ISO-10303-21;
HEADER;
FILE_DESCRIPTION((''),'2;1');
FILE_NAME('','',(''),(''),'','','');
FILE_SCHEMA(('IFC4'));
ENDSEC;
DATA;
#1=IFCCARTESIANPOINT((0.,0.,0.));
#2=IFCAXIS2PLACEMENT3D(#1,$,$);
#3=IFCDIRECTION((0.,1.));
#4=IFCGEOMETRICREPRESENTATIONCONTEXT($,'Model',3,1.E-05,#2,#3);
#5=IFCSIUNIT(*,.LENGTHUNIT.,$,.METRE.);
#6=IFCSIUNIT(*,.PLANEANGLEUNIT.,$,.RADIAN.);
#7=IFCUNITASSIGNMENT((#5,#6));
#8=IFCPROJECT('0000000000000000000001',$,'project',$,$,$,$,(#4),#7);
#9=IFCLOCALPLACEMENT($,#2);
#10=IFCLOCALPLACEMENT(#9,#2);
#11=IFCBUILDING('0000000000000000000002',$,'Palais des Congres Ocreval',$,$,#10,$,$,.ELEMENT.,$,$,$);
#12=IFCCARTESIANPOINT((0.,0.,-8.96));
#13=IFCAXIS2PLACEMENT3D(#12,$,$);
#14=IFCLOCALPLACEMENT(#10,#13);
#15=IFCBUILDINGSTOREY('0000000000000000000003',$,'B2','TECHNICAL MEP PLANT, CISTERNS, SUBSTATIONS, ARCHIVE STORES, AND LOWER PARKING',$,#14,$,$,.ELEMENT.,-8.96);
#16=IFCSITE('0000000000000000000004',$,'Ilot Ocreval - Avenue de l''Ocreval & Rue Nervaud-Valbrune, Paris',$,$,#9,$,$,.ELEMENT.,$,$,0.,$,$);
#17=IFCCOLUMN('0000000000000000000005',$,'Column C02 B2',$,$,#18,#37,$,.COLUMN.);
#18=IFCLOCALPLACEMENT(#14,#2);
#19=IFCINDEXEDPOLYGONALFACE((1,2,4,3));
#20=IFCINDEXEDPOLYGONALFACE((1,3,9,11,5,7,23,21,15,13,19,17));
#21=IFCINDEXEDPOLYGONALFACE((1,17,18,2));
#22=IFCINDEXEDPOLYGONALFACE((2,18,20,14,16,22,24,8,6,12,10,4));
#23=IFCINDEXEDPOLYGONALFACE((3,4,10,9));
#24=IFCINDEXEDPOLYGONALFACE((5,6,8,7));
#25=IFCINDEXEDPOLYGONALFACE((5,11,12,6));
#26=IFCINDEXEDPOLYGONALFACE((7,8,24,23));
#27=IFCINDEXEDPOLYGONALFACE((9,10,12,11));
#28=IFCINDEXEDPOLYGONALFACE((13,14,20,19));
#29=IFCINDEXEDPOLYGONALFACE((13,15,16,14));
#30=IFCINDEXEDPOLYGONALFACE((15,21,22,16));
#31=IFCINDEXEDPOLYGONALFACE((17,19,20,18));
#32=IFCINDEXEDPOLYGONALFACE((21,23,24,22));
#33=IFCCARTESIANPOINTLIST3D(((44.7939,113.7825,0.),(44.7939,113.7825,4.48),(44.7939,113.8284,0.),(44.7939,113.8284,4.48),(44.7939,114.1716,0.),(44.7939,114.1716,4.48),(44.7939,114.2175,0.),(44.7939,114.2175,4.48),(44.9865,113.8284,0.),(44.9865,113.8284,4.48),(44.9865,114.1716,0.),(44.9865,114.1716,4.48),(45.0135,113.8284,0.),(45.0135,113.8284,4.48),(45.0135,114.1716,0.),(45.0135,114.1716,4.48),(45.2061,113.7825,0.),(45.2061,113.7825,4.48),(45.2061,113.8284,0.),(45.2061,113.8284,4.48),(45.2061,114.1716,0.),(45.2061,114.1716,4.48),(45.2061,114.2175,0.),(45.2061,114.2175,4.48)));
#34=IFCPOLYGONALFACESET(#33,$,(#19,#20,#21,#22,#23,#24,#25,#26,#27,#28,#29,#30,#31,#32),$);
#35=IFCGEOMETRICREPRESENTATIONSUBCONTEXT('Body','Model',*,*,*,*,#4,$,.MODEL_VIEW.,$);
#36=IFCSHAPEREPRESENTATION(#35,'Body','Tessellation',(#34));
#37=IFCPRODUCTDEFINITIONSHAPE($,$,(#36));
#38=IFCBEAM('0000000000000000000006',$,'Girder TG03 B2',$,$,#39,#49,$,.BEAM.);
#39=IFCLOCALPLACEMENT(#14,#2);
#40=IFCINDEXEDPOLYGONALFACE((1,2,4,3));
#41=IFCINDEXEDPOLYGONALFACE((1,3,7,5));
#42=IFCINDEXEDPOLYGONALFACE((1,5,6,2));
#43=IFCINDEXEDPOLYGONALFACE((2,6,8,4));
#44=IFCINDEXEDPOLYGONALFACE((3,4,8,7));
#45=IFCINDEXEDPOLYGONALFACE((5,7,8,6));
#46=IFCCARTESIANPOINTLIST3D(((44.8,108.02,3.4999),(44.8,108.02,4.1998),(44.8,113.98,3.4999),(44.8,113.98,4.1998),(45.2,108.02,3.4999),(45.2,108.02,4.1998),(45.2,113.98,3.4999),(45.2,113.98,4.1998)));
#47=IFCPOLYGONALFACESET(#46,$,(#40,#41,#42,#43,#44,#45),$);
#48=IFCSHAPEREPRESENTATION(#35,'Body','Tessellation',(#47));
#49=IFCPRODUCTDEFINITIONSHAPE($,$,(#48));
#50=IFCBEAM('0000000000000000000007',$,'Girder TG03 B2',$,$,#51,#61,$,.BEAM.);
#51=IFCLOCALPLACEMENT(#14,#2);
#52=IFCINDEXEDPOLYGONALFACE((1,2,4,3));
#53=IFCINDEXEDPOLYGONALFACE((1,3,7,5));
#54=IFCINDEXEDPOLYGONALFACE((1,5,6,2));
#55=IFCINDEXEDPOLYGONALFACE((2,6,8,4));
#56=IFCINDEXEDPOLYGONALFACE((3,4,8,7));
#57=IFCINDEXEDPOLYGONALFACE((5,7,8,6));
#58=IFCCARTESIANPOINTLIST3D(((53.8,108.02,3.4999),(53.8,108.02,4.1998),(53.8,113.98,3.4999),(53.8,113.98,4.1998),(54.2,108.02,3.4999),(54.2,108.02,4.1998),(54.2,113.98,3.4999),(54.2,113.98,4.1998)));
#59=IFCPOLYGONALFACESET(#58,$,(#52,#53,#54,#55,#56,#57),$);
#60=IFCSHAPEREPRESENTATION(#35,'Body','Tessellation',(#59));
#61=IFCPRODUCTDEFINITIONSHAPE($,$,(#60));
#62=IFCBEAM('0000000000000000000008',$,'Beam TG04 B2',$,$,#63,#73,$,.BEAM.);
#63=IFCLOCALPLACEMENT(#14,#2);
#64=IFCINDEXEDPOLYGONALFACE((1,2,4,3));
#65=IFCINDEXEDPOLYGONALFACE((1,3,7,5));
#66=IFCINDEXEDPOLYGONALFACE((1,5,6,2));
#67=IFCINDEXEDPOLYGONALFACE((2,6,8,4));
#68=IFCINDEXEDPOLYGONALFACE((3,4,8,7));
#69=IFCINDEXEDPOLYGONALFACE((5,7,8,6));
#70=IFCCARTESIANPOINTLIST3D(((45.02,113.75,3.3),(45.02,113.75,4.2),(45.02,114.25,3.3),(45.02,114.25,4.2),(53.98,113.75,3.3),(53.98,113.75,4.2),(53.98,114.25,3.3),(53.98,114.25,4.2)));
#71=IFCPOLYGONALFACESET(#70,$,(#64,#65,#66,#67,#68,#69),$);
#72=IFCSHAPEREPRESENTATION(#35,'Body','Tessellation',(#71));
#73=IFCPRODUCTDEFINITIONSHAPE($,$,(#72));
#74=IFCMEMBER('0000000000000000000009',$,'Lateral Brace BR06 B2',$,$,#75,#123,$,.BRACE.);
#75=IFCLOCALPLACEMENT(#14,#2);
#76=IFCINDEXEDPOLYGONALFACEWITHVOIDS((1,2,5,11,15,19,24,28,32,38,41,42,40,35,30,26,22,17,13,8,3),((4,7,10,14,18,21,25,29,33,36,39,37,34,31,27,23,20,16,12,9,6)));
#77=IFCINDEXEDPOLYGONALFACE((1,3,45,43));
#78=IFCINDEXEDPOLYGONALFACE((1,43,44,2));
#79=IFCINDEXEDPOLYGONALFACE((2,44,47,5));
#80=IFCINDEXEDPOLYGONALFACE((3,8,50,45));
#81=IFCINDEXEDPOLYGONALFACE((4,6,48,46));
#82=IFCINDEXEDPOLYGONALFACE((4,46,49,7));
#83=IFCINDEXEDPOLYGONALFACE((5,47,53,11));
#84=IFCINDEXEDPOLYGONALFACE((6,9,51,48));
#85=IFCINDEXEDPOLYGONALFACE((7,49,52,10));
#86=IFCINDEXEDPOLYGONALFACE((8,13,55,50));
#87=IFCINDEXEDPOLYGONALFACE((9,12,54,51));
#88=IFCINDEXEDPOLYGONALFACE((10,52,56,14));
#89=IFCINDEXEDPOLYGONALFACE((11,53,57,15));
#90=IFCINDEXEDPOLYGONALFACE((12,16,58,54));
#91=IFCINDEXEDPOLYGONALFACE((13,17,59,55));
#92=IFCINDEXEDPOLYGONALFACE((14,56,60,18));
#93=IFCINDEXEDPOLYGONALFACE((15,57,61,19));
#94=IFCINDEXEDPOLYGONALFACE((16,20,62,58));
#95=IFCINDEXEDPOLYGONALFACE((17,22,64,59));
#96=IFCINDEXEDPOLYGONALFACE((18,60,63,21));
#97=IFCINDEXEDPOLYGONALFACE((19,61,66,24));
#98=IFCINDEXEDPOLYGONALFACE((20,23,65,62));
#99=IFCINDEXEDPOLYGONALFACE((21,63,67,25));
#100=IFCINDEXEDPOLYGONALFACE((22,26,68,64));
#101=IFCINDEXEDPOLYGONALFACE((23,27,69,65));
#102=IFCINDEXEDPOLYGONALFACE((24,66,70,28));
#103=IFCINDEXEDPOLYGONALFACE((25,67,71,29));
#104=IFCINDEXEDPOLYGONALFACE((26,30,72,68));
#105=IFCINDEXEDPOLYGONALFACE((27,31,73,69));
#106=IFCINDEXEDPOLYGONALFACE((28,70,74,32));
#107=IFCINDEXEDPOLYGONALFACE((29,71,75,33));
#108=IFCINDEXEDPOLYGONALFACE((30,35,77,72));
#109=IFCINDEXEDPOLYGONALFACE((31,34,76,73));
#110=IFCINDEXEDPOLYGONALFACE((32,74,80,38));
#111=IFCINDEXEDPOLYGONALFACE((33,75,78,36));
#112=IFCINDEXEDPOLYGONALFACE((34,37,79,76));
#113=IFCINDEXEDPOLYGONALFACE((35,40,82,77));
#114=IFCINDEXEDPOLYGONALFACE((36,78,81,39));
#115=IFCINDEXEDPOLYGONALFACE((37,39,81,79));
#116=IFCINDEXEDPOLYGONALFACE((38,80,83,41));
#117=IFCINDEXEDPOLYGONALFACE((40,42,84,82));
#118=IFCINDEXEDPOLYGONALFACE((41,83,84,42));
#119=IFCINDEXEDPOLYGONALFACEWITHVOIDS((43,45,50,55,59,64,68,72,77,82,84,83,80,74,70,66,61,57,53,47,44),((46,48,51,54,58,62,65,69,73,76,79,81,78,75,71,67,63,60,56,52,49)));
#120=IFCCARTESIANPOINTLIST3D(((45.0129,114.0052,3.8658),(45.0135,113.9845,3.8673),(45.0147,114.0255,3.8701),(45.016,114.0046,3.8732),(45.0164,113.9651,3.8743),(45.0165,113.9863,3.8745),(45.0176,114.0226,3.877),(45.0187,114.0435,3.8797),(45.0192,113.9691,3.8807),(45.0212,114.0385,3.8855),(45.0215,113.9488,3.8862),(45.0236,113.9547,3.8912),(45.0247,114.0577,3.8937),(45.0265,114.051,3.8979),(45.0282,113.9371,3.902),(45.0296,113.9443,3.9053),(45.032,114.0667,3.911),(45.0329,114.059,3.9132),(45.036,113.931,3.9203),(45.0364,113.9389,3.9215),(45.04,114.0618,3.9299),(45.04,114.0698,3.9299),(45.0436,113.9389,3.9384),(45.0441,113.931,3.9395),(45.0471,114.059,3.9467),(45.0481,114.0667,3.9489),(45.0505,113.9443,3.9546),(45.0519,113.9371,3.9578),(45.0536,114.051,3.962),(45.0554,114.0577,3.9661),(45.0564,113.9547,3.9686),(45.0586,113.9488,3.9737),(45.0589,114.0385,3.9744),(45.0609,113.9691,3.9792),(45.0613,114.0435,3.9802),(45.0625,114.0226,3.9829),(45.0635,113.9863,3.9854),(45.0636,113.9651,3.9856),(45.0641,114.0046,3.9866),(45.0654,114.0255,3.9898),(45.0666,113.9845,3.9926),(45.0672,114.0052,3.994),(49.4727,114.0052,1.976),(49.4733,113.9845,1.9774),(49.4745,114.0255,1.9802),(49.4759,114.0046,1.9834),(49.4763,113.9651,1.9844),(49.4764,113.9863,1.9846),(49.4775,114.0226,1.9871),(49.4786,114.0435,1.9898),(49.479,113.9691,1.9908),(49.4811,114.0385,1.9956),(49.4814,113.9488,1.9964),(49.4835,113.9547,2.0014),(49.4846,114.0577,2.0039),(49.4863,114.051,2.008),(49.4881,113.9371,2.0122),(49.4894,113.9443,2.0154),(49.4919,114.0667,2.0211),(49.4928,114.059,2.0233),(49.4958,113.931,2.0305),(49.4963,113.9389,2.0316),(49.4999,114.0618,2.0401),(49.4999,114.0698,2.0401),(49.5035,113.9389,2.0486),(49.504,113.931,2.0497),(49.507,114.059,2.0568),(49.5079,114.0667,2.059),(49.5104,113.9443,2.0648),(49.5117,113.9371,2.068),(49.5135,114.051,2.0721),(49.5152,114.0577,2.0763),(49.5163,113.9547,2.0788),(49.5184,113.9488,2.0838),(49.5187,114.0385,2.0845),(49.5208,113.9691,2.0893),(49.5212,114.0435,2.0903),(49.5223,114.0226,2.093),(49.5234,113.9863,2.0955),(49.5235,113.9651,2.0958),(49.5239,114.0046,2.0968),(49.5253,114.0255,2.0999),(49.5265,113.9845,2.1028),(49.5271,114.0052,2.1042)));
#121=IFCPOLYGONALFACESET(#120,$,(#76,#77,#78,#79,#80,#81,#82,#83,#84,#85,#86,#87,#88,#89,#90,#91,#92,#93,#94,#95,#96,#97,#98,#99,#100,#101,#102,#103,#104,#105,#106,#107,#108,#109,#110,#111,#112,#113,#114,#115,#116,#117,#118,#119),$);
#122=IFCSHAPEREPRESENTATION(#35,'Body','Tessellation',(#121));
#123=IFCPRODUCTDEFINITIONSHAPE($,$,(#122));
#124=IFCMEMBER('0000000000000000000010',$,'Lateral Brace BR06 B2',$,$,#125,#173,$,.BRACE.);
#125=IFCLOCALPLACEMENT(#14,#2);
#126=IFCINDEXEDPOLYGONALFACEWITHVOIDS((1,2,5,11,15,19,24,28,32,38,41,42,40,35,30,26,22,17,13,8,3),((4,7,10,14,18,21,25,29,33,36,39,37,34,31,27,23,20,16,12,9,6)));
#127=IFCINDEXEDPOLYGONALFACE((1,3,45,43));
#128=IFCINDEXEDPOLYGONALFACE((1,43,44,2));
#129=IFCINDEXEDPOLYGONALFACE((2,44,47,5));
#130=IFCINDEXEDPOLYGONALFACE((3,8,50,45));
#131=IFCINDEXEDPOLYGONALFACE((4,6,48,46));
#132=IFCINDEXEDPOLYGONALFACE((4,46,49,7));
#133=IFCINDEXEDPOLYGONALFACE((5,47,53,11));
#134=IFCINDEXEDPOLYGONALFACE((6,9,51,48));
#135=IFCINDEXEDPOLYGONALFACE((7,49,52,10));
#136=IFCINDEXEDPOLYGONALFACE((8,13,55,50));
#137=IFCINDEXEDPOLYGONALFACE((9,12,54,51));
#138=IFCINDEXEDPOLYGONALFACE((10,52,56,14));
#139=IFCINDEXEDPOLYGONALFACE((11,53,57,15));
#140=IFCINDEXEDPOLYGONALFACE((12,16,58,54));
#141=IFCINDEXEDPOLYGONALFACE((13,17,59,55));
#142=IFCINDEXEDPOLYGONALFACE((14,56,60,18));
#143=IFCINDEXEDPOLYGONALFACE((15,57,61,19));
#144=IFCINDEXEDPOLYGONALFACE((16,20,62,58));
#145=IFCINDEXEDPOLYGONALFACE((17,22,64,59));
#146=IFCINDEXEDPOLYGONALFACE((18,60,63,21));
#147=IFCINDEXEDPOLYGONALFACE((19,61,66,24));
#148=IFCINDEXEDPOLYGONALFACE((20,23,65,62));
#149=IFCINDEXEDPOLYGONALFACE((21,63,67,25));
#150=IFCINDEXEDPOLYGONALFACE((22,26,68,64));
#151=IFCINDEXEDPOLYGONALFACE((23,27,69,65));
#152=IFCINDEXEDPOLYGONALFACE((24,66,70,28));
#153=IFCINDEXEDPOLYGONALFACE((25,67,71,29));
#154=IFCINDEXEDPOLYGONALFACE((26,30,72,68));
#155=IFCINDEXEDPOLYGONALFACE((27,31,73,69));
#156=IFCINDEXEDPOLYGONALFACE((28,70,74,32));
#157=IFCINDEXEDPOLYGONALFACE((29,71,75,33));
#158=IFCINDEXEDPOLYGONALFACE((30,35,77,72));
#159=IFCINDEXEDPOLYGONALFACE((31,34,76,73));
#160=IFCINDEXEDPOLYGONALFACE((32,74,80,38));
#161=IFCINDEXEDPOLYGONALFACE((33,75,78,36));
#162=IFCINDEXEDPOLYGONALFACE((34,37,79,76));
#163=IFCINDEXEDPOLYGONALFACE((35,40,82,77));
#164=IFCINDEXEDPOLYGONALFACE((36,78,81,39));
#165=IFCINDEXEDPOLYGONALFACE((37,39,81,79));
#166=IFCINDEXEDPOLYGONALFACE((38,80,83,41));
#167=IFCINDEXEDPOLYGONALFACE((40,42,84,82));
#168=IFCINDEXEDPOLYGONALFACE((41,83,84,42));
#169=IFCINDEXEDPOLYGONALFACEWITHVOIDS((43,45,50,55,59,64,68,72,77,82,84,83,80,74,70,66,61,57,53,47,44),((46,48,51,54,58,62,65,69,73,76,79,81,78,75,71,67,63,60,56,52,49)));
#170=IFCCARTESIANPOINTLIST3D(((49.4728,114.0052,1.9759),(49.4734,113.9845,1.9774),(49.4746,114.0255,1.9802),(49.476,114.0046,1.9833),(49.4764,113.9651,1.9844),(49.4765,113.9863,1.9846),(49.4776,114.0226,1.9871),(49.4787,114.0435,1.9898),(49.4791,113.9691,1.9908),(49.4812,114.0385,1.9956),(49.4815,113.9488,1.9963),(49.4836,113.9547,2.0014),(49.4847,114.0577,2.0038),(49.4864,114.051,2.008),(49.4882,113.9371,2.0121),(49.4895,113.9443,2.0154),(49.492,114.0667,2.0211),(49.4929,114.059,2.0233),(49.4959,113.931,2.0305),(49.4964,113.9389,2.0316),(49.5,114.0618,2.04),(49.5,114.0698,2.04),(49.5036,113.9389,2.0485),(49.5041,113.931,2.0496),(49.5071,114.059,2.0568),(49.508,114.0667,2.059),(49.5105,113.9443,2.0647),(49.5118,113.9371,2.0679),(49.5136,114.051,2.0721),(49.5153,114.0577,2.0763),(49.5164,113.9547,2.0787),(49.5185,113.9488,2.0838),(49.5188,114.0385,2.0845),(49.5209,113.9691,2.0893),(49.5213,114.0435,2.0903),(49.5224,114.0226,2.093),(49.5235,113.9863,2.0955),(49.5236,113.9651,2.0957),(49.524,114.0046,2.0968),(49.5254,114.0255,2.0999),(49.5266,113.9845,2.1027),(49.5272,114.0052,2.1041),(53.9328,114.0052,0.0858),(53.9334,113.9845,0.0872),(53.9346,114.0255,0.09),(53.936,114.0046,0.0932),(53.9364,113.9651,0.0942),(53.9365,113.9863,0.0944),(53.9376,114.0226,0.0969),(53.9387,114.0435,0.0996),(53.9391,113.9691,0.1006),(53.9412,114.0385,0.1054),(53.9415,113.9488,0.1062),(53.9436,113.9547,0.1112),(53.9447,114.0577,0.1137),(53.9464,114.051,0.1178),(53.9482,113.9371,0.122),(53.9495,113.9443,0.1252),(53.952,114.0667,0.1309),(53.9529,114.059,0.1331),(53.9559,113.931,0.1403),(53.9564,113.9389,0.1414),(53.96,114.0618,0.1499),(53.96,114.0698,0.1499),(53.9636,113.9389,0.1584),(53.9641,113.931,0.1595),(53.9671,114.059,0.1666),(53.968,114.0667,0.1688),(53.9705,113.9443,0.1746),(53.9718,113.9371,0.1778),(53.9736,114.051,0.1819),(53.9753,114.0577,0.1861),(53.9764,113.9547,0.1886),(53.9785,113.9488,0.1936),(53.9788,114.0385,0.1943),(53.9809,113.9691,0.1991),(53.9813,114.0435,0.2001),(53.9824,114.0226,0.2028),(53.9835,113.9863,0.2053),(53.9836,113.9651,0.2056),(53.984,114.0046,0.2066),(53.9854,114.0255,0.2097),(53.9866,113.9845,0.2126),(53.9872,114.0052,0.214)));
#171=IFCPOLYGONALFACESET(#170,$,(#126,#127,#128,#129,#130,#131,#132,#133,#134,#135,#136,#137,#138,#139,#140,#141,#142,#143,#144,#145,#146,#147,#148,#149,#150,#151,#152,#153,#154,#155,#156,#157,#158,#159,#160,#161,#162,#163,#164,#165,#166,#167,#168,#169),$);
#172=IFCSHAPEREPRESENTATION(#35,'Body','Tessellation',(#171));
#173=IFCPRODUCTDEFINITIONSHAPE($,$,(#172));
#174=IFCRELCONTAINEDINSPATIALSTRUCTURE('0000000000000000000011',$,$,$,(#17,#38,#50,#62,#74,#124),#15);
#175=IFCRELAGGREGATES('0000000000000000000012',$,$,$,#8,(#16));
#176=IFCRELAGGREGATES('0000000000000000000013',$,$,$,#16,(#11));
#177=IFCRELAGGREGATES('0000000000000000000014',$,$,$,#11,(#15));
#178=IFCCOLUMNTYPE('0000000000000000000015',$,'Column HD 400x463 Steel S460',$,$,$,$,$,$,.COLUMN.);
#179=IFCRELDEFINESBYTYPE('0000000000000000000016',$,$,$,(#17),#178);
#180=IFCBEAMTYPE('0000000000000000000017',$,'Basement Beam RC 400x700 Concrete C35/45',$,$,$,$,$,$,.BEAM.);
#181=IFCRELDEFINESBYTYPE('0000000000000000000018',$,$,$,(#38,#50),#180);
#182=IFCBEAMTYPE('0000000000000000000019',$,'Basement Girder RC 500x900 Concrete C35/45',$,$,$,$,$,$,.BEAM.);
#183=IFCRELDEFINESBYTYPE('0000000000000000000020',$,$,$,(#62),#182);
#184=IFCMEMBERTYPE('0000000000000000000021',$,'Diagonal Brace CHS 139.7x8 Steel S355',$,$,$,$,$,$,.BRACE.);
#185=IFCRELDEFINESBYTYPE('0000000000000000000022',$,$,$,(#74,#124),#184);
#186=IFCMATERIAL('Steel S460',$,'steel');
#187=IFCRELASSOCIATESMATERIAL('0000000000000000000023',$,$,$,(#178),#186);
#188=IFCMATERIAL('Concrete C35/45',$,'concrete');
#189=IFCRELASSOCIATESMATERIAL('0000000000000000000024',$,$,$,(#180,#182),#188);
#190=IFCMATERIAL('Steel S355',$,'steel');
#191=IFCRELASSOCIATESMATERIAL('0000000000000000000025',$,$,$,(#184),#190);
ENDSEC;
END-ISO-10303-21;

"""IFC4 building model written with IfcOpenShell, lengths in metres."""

from ifc_helpers import new_model, si_unit, direction, frame, origin, origin_2d, place, context, subcontext, project, spatial, rectangle, hollow_circle, i_section, extrude, material, material_profile, profile_set, type_object, element, save


model = new_model("IFC4")

# Units and contexts
model_context = context("Model", 3, precision=1e-05, world=origin(), true_north=direction((0.0, 1.0)))
body_context = subcontext(model_context, "Body", "Model", "MODEL_VIEW")
ifc_project = project(units=[si_unit("LENGTHUNIT", "METRE"), si_unit("PLANEANGLEUNIT", "RADIAN")], contexts=[model_context])

# Site, building, storey
site_placement = place(None, origin())
site = spatial("IfcSite", under=ifc_project, at=site_placement, Name="Ilot Ocreval - Avenue de l'Ocreval & Rue Nervaud-Valbrune, Paris", CompositionType="ELEMENT", RefElevation=0.0)
building_placement = place(site_placement, origin())
building = spatial("IfcBuilding", under=site, at=building_placement, Name="Palais des Congres Ocreval", CompositionType="ELEMENT")
storey_placement = place(building_placement, frame((0.0, 0.0, -8.96)))
storey = spatial("IfcBuildingStorey", under=building, at=storey_placement, Name="B2", Description="TECHNICAL MEP PLANT, CISTERNS, SUBSTATIONS, ARCHIVE STORES, AND LOWER PARKING", CompositionType="ELEMENT", Elevation=-8.96)

# Shared definitions
ifc_material_1 = material(Name="Concrete C35/45", Category="concrete")

# Column
ifc_material_2 = material(Name="Steel S355", Category="steel")
ifc_material_3 = material(Name="Steel S460", Category="steel")
ifc_material_profile_1 = material_profile(ifc_material_3, i_section(OverallWidth=0.4121, OverallDepth=0.4351, WebThickness=0.0271, FlangeThickness=0.0459, at=origin_2d()), Name="HD 400x463")
ifc_profile_set_1 = profile_set([ifc_material_profile_1], Name="Steel S460")
column_type_1 = type_object("IfcColumnType", Name="Column HD 400x463 Steel S460", PredefinedType="COLUMN", material=ifc_profile_set_1)
column_1_placement = place(storey_placement, frame((45.0, 114.0, 0.0), z_axis=(0.0, 0.0, 1.0), x_axis=(1.0, 0.0, 0.0)))
element("IfcColumn", 1, at=column_1_placement, inside=storey, type_object=column_type_1, Name="Column C02 B2", PredefinedType="COLUMN", context=body_context, shape_type="SweptSolid", body=[
    extrude(i_section(OverallWidth=0.4121, OverallDepth=0.4351, WebThickness=0.0271, FlangeThickness=0.0459, at=origin_2d()), origin(), (0.0, 0.0, 1.0), 4.48),
])

# Beams
ifc_material_profile_2 = material_profile(ifc_material_1, rectangle(XDim=0.3999, YDim=0.7, at=origin_2d()), Name="RC 400x700")
ifc_profile_set_2 = profile_set([ifc_material_profile_2], Name="Concrete C35/45")
beam_type_1 = type_object("IfcBeamType", Name="Basement Beam RC 400x700 Concrete C35/45", PredefinedType="BEAM", material=ifc_profile_set_2)
for number, where, z_axis, x_axis, name in (
    (2, (45.0, 108.02, 3.8499), (0.0, 1.0, 0.0), (-1.0, 0.0, 0.0), "Girder TG03 B2"),
    (3, (54.0, 108.02, 3.8499), (0.0, 1.0, 0.0), (-1.0, 0.0, 0.0), "Girder TG03 B2"),
):
    element("IfcBeam", number, at=place(storey_placement, frame(where, z_axis=z_axis, x_axis=x_axis)), inside=storey, type_object=beam_type_1, Name=name, PredefinedType="BEAM", context=body_context, shape_type="SweptSolid", body=[
        extrude(rectangle(XDim=0.3999, YDim=0.7, at=origin_2d()), origin(), (0.0, 0.0, 1.0), 5.96),
    ])
ifc_material_profile_3 = material_profile(ifc_material_1, rectangle(XDim=0.5, YDim=0.8999, at=origin_2d()), Name="RC 500x900")
ifc_profile_set_3 = profile_set([ifc_material_profile_3], Name="Concrete C35/45")
beam_type_2 = type_object("IfcBeamType", Name="Basement Girder RC 500x900 Concrete C35/45", PredefinedType="BEAM", material=ifc_profile_set_3)
beam_placement = place(storey_placement, frame((45.02, 114.0, 3.75), z_axis=(1.0, 0.0, 0.0), x_axis=(0.0, 1.0, 0.0)))
element("IfcBeam", 4, at=beam_placement, inside=storey, type_object=beam_type_2, Name="Beam TG04 B2", PredefinedType="BEAM", context=body_context, shape_type="SweptSolid", body=[
    extrude(rectangle(XDim=0.5, YDim=0.8999, at=origin_2d()), origin(), (0.0, 0.0, 1.0), 8.96),
])

# Members
ifc_material_profile_4 = material_profile(ifc_material_2, hollow_circle(Radius=0.0698, WallThickness=0.0081, at=origin_2d()), Name="CHS 139.7x8")
ifc_profile_set_4 = profile_set([ifc_material_profile_4], Name="Steel S355")
member_type_1 = type_object("IfcMemberType", Name="Diagonal Brace CHS 139.7x8 Steel S355", PredefinedType="BRACE", material=ifc_profile_set_4)
member_1_placement = place(storey_placement, frame((45.04, 114.0, 3.9299), z_axis=(0.920746, 0.0, -0.390163), x_axis=(0.0, 1.0, 0.0)))
element("IfcMember", 5, at=member_1_placement, inside=storey, type_object=member_type_1, Name="Lateral Brace BR06 B2", PredefinedType="BRACE", context=body_context, shape_type="SweptSolid", body=[
    extrude(hollow_circle(Radius=0.0698, WallThickness=0.0081, at=origin_2d()), origin(), (0.0, 0.0, 1.0), 4.8438),
])
member_2_placement = place(storey_placement, frame((49.5, 114.0, 2.04), z_axis=(0.920728, 0.0, -0.390206), x_axis=(0.0, 1.0, 0.0)))
element("IfcMember", 6, at=member_2_placement, inside=storey, type_object=member_type_1, Name="Lateral Brace BR06 B2", PredefinedType="BRACE", context=body_context, shape_type="SweptSolid", body=[
    extrude(hollow_circle(Radius=0.0698, WallThickness=0.0081, at=origin_2d()), origin(), (0.0, 0.0, 1.0), 4.844),
])

save(model, "model.ifc")
